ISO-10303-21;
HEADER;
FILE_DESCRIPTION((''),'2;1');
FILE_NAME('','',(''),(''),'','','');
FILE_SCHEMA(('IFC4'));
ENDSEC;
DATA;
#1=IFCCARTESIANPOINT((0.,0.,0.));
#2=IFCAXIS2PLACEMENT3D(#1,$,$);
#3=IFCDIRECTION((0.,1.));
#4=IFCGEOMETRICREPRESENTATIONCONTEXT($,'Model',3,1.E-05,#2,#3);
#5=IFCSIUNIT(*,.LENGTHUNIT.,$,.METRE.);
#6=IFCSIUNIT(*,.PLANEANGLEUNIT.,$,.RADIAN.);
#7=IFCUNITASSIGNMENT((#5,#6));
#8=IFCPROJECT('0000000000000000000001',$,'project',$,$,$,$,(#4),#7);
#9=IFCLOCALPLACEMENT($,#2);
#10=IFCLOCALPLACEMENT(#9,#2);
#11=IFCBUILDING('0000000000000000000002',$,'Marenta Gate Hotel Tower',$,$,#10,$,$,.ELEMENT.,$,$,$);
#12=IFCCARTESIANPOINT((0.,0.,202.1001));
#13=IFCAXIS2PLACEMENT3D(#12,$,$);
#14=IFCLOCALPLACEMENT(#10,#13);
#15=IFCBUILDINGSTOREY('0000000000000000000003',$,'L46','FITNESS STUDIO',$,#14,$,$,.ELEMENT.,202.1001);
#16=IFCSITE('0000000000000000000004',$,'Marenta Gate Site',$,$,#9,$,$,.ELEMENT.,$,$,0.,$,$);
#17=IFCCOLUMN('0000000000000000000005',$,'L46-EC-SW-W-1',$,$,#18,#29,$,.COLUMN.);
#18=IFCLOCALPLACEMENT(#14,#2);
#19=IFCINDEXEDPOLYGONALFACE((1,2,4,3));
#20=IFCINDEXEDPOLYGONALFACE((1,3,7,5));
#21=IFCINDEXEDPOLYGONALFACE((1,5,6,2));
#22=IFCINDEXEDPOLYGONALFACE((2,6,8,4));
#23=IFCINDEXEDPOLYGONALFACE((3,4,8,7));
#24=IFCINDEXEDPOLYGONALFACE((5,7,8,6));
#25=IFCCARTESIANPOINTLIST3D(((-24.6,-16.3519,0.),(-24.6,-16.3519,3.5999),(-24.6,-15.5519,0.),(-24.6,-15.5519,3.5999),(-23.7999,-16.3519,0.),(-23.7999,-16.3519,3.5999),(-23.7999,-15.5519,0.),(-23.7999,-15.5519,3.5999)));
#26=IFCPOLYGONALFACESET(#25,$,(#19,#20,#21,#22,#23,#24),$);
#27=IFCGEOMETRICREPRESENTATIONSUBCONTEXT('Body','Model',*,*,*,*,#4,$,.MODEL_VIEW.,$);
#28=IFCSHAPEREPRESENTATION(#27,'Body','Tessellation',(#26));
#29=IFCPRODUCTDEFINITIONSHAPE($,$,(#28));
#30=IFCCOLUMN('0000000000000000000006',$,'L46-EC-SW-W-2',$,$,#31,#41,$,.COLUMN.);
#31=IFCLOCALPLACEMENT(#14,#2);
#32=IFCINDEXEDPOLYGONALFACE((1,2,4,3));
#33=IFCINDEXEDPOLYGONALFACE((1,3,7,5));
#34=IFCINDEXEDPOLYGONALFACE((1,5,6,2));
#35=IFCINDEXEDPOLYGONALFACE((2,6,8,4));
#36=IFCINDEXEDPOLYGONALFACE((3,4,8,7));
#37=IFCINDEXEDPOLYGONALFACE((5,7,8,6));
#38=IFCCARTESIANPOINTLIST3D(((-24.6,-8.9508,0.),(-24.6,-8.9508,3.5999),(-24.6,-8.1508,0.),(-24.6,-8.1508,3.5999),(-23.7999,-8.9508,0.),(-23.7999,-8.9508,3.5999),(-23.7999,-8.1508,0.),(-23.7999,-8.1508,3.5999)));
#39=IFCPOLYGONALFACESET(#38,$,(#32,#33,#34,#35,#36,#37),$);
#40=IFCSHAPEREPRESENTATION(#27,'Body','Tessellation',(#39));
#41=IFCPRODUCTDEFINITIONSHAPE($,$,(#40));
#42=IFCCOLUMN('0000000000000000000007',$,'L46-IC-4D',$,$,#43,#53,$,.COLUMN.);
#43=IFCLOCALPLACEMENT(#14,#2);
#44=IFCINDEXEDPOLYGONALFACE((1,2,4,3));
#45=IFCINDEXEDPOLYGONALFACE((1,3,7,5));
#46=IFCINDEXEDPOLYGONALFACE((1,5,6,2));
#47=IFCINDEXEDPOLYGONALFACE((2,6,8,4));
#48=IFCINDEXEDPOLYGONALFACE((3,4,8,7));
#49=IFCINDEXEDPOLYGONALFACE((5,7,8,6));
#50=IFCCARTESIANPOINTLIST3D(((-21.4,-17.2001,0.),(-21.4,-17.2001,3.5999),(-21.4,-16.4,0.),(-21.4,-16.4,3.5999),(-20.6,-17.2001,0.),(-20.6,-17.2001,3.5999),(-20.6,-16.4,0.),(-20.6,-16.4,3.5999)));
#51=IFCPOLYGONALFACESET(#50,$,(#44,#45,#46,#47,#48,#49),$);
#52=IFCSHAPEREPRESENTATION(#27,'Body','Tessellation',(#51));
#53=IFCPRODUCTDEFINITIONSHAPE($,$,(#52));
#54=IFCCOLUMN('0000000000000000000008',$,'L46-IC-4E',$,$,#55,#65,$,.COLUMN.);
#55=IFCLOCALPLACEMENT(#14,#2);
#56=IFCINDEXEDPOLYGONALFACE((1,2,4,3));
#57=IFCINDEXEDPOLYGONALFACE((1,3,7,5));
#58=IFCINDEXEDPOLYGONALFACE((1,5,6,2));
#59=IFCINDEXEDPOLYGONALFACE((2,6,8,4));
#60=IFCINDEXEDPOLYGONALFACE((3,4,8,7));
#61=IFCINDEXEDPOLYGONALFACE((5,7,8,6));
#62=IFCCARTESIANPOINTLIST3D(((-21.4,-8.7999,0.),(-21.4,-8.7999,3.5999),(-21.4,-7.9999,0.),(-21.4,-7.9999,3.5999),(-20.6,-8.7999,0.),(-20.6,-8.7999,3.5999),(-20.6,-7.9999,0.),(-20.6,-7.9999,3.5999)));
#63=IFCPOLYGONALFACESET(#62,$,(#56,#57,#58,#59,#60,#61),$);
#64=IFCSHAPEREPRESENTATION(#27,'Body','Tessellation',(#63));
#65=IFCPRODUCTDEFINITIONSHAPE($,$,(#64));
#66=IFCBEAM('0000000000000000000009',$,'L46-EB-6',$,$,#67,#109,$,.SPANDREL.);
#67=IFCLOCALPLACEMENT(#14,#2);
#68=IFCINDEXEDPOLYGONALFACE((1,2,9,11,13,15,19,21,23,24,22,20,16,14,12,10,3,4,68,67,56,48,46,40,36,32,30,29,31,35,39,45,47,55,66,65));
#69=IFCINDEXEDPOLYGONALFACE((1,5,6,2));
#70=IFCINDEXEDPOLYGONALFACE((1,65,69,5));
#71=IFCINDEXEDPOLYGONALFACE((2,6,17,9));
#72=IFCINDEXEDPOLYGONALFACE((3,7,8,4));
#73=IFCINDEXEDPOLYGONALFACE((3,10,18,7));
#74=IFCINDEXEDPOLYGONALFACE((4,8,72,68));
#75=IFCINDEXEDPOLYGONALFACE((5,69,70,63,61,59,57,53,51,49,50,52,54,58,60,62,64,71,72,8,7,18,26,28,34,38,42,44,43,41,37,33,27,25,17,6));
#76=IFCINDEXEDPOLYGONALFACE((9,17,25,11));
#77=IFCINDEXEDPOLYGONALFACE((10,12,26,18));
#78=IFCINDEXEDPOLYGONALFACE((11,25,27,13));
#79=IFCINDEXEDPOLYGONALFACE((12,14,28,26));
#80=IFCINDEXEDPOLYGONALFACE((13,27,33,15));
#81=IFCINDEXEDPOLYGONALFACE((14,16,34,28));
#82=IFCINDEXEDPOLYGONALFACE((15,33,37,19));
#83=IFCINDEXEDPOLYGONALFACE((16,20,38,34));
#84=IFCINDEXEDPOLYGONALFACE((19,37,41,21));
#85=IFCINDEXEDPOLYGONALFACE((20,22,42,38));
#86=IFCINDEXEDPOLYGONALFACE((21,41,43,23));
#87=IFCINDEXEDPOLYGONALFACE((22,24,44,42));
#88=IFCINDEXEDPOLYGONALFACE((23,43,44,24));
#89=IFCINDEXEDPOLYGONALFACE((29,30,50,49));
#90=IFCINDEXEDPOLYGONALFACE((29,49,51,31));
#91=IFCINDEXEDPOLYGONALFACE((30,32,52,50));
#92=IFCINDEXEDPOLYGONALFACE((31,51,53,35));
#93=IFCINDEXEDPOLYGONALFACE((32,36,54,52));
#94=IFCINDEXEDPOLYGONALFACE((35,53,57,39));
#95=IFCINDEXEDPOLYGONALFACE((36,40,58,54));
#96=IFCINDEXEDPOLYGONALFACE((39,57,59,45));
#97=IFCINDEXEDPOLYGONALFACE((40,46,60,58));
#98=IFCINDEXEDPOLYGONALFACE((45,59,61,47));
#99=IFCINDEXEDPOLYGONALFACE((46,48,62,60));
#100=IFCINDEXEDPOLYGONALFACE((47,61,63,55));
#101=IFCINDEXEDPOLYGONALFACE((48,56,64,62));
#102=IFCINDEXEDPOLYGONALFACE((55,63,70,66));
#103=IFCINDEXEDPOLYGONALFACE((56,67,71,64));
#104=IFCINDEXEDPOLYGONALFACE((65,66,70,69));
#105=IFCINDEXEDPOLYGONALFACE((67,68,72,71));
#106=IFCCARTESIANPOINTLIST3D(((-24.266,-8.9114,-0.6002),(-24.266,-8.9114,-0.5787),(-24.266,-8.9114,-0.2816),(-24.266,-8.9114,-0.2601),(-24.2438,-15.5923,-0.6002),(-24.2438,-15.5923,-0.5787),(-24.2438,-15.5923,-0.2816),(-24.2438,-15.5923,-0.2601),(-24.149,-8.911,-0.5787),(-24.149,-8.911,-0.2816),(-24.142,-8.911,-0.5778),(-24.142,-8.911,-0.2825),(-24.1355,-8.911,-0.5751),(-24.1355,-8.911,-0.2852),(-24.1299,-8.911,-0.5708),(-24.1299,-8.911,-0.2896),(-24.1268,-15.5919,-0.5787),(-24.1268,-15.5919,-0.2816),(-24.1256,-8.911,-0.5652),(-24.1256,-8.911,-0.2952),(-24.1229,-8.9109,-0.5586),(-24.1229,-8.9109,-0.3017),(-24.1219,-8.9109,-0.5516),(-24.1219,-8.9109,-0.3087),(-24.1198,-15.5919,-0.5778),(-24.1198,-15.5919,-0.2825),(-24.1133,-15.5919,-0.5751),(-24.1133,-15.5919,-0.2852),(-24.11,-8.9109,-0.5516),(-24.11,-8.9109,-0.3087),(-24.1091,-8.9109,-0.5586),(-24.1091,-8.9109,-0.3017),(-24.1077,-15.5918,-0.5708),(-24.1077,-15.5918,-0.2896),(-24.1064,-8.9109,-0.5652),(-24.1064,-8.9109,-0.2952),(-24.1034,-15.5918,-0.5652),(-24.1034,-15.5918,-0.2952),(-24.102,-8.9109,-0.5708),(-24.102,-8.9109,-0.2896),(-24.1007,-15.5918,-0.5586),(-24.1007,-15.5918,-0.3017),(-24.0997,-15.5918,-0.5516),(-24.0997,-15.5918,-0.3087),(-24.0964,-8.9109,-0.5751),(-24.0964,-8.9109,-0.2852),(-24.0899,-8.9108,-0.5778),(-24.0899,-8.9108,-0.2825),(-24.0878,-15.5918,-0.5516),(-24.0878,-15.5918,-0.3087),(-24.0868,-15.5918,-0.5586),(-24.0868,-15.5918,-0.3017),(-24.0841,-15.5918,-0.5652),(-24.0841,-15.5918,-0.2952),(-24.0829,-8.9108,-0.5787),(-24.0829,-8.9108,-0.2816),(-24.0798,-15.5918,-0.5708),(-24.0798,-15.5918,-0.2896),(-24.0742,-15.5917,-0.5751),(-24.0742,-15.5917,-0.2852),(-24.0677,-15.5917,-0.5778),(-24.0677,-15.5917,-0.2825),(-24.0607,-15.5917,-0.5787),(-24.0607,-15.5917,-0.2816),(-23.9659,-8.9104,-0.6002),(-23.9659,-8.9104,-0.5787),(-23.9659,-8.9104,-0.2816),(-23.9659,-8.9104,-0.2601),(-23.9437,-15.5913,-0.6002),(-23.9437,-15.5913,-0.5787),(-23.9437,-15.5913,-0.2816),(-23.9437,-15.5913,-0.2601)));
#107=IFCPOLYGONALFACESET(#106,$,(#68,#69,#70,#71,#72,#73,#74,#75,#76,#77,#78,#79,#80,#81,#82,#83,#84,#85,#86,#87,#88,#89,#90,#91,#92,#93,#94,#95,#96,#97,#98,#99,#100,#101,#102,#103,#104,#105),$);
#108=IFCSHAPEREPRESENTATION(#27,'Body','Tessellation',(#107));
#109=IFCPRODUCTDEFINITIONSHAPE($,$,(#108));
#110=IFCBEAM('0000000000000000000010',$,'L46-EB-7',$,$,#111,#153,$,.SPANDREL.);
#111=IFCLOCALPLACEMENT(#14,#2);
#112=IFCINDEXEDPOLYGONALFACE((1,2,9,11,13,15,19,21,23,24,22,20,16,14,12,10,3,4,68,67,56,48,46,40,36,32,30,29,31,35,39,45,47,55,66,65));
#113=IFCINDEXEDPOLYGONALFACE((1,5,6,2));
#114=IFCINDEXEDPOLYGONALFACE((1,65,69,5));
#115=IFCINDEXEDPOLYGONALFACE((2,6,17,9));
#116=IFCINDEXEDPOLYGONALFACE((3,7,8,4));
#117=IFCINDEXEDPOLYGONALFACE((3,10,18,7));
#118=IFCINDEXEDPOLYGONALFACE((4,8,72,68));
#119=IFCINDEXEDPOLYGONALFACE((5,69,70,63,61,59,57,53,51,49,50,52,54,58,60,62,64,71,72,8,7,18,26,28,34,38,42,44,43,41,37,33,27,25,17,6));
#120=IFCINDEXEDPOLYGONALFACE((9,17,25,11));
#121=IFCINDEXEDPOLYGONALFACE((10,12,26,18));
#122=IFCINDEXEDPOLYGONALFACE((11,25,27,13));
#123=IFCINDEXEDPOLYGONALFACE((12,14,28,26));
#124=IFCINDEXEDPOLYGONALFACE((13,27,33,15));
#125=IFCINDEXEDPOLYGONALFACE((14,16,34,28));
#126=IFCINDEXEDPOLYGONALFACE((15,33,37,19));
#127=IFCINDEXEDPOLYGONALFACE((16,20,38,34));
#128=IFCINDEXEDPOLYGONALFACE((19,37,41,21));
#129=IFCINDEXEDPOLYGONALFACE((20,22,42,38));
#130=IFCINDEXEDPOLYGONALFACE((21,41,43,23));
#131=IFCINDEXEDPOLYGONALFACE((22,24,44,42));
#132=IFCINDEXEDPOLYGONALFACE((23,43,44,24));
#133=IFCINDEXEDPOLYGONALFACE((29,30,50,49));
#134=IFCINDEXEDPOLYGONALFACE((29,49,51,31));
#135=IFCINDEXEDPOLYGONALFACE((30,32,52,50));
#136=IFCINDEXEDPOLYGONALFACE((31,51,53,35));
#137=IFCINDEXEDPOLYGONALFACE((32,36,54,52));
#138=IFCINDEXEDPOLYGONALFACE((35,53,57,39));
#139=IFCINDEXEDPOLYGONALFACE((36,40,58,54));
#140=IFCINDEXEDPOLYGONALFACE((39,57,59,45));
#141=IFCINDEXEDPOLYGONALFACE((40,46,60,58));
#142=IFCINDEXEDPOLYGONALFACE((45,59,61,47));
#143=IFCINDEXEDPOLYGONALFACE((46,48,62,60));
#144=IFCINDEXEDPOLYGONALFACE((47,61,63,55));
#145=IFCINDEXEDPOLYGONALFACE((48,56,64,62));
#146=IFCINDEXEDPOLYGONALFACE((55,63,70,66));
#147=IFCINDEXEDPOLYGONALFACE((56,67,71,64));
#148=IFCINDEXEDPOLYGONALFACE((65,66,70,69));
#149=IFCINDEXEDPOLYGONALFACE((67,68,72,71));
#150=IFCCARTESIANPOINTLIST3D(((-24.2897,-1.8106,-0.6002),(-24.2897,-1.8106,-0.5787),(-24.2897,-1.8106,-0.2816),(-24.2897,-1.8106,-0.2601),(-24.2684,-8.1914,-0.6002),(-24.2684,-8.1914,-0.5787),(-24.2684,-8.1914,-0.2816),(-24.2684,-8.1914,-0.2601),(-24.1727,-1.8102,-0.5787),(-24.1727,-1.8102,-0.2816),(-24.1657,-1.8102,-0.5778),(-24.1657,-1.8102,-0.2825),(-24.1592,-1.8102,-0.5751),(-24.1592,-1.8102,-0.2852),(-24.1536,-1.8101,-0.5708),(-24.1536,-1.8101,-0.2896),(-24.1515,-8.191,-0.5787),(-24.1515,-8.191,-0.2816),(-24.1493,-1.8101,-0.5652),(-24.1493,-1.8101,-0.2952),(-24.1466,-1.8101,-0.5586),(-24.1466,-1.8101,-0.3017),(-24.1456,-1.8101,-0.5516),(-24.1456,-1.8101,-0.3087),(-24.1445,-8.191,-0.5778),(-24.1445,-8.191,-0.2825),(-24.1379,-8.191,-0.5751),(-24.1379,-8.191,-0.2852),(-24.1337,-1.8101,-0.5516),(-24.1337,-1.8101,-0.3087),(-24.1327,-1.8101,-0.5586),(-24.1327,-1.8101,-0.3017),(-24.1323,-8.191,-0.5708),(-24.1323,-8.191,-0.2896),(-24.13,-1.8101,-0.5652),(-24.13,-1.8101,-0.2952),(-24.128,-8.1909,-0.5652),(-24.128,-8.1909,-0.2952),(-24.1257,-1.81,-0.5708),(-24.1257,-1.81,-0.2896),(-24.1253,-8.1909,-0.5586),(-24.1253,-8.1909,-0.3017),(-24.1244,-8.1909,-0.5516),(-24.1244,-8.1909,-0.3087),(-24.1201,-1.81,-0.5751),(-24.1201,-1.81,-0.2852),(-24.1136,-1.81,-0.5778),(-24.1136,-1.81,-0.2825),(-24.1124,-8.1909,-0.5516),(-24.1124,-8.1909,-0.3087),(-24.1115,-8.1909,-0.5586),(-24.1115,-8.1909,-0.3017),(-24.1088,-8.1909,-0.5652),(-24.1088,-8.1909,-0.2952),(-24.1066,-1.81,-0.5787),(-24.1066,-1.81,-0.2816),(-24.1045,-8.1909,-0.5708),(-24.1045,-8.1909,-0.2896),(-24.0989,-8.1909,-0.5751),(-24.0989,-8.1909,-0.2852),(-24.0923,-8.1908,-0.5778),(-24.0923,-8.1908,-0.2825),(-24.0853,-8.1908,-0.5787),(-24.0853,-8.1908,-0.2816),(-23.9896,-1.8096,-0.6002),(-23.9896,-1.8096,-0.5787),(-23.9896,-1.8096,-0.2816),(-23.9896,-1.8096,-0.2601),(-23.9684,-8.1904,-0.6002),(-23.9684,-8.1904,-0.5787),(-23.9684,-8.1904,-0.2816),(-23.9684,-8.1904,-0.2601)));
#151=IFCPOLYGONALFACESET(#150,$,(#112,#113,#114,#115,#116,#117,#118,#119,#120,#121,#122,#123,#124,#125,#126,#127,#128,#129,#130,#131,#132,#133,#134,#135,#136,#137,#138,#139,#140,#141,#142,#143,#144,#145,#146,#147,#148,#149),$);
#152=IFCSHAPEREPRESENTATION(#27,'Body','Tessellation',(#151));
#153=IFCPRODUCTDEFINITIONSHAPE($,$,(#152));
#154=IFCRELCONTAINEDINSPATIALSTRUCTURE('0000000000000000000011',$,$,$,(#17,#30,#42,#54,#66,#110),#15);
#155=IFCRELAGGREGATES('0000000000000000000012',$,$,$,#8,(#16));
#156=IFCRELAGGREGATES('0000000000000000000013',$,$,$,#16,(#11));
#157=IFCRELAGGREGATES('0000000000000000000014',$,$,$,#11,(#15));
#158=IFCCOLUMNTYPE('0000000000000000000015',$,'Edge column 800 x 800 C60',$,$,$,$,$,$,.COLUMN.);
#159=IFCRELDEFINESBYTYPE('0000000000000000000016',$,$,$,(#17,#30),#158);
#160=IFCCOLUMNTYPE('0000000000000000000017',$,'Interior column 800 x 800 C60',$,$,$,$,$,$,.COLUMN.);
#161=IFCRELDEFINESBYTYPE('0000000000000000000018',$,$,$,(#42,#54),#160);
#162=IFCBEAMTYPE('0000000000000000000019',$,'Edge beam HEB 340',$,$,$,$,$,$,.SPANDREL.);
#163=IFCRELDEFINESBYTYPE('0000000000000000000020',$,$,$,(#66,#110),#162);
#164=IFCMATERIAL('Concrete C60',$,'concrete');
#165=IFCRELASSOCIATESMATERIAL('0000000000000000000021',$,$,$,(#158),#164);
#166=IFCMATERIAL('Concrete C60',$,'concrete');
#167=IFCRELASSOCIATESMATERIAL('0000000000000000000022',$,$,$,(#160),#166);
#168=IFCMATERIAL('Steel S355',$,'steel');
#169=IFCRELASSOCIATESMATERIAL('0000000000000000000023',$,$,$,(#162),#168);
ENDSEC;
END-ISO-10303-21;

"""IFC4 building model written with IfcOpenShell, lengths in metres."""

from ifc_helpers import new_model, si_unit, direction, frame, origin, origin_2d, place, context, subcontext, project, spatial, rectangle, i_section, extrude, material, material_profile, profile_set, type_object, element, save


model = new_model("IFC4")

# Units and contexts
model_context = context("Model", 3, precision=1e-05, world=origin(), true_north=direction((0.0, 1.0)))
body_context = subcontext(model_context, "Body", "Model", "MODEL_VIEW")
ifc_project = project(units=[si_unit("LENGTHUNIT", "METRE"), si_unit("PLANEANGLEUNIT", "RADIAN")], contexts=[model_context])

# Site, building, storey
site_placement = place(None, origin())
site = spatial("IfcSite", under=ifc_project, at=site_placement, Name="Marenta Gate Site", CompositionType="ELEMENT", RefElevation=0.0)
building_placement = place(site_placement, origin())
building = spatial("IfcBuilding", under=site, at=building_placement, Name="Marenta Gate Hotel Tower", CompositionType="ELEMENT")
storey_placement = place(building_placement, frame((0.0, 0.0, 202.1001)))
storey = spatial("IfcBuildingStorey", under=building, at=storey_placement, Name="L46", Description="FITNESS STUDIO", CompositionType="ELEMENT", Elevation=202.1001)

# Columns
ifc_material_1 = material(Name="Concrete C60", Category="concrete")
ifc_material_profile_1 = material_profile(ifc_material_1, rectangle(XDim=0.8, YDim=0.8, at=origin_2d()), Name="800 x 800")
ifc_profile_set_1 = profile_set([ifc_material_profile_1], Name="Concrete C60")
column_type_1 = type_object("IfcColumnType", Name="Edge column 800 x 800 C60", PredefinedType="COLUMN", material=ifc_profile_set_1)
for number, where, z_axis, x_axis, name in (
    (1, (-24.2, -15.9519, 0.0), (0.0, 0.0, 1.0), (1.0, 0.0, 0.0), "L46-EC-SW-W-1"),
    (2, (-24.2, -8.5508, 0.0), (0.0, 0.0, 1.0), (1.0, 0.0, 0.0), "L46-EC-SW-W-2"),
):
    element("IfcColumn", number, at=place(storey_placement, frame(where, z_axis=z_axis, x_axis=x_axis)), inside=storey, type_object=column_type_1, Name=name, PredefinedType="COLUMN", context=body_context, shape_type="SweptSolid", body=[
        extrude(rectangle(XDim=0.8, YDim=0.8, at=origin_2d()), origin(), (0.0, 0.0, 1.0), 3.5999),
    ])
ifc_material_2 = material(Name="Concrete C60", Category="concrete")
ifc_material_profile_2 = material_profile(ifc_material_2, rectangle(XDim=0.8, YDim=0.8, at=origin_2d()), Name="800 x 800")
ifc_profile_set_2 = profile_set([ifc_material_profile_2], Name="Concrete C60")
column_type_2 = type_object("IfcColumnType", Name="Interior column 800 x 800 C60", PredefinedType="COLUMN", material=ifc_profile_set_2)
for number, where, z_axis, x_axis, name in (
    (3, (-21.0, -16.8, 0.0), (0.0, 0.0, 1.0), (1.0, 0.0, 0.0), "L46-IC-4D"),
    (4, (-21.0, -8.3999, 0.0), (0.0, 0.0, 1.0), (1.0, 0.0, 0.0), "L46-IC-4E"),
):
    element("IfcColumn", number, at=place(storey_placement, frame(where, z_axis=z_axis, x_axis=x_axis)), inside=storey, type_object=column_type_2, Name=name, PredefinedType="COLUMN", context=body_context, shape_type="SweptSolid", body=[
        extrude(rectangle(XDim=0.8, YDim=0.8, at=origin_2d()), origin(), (0.0, 0.0, 1.0), 3.5999),
    ])

# Beams
ifc_material_3 = material(Name="Steel S355", Category="steel")
ifc_material_profile_3 = material_profile(ifc_material_3, i_section(OverallWidth=0.3, OverallDepth=0.3401, WebThickness=0.012, FlangeThickness=0.0215, FilletRadius=0.0271, at=origin_2d()), Name="HEB 340")
ifc_profile_set_3 = profile_set([ifc_material_profile_3], Name="Steel S355")
beam_type_1 = type_object("IfcBeamType", Name="Edge beam HEB 340", PredefinedType="SPANDREL", material=ifc_profile_set_3)
beam_1_placement = place(storey_placement, frame((-24.0938, -15.5918, -0.4302), z_axis=(-0.003325, 0.999994, 0.0), x_axis=(-0.999994, -0.003325, 0.0)))
element("IfcBeam", 5, at=beam_1_placement, inside=storey, type_object=beam_type_1, Name="L46-EB-6", PredefinedType="SPANDREL", context=body_context, shape_type="SweptSolid", body=[
    extrude(i_section(OverallWidth=0.3, OverallDepth=0.3401, WebThickness=0.012, FlangeThickness=0.0215, FilletRadius=0.0271, at=origin_2d()), origin(), (0.0, 0.0, 1.0), 6.6809),
])
beam_2_placement = place(storey_placement, frame((-24.1184, -8.1909, -0.4302), z_axis=(-0.003329, 0.999994, 0.0), x_axis=(-0.999994, -0.003329, 0.0)))
element("IfcBeam", 6, at=beam_2_placement, inside=storey, type_object=beam_type_1, Name="L46-EB-7", PredefinedType="SPANDREL", context=body_context, shape_type="SweptSolid", body=[
    extrude(i_section(OverallWidth=0.3, OverallDepth=0.3401, WebThickness=0.012, FlangeThickness=0.0215, FilletRadius=0.0271, at=origin_2d()), origin(), (0.0, 0.0, 1.0), 6.3809),
])

save(model, "model.ifc")
